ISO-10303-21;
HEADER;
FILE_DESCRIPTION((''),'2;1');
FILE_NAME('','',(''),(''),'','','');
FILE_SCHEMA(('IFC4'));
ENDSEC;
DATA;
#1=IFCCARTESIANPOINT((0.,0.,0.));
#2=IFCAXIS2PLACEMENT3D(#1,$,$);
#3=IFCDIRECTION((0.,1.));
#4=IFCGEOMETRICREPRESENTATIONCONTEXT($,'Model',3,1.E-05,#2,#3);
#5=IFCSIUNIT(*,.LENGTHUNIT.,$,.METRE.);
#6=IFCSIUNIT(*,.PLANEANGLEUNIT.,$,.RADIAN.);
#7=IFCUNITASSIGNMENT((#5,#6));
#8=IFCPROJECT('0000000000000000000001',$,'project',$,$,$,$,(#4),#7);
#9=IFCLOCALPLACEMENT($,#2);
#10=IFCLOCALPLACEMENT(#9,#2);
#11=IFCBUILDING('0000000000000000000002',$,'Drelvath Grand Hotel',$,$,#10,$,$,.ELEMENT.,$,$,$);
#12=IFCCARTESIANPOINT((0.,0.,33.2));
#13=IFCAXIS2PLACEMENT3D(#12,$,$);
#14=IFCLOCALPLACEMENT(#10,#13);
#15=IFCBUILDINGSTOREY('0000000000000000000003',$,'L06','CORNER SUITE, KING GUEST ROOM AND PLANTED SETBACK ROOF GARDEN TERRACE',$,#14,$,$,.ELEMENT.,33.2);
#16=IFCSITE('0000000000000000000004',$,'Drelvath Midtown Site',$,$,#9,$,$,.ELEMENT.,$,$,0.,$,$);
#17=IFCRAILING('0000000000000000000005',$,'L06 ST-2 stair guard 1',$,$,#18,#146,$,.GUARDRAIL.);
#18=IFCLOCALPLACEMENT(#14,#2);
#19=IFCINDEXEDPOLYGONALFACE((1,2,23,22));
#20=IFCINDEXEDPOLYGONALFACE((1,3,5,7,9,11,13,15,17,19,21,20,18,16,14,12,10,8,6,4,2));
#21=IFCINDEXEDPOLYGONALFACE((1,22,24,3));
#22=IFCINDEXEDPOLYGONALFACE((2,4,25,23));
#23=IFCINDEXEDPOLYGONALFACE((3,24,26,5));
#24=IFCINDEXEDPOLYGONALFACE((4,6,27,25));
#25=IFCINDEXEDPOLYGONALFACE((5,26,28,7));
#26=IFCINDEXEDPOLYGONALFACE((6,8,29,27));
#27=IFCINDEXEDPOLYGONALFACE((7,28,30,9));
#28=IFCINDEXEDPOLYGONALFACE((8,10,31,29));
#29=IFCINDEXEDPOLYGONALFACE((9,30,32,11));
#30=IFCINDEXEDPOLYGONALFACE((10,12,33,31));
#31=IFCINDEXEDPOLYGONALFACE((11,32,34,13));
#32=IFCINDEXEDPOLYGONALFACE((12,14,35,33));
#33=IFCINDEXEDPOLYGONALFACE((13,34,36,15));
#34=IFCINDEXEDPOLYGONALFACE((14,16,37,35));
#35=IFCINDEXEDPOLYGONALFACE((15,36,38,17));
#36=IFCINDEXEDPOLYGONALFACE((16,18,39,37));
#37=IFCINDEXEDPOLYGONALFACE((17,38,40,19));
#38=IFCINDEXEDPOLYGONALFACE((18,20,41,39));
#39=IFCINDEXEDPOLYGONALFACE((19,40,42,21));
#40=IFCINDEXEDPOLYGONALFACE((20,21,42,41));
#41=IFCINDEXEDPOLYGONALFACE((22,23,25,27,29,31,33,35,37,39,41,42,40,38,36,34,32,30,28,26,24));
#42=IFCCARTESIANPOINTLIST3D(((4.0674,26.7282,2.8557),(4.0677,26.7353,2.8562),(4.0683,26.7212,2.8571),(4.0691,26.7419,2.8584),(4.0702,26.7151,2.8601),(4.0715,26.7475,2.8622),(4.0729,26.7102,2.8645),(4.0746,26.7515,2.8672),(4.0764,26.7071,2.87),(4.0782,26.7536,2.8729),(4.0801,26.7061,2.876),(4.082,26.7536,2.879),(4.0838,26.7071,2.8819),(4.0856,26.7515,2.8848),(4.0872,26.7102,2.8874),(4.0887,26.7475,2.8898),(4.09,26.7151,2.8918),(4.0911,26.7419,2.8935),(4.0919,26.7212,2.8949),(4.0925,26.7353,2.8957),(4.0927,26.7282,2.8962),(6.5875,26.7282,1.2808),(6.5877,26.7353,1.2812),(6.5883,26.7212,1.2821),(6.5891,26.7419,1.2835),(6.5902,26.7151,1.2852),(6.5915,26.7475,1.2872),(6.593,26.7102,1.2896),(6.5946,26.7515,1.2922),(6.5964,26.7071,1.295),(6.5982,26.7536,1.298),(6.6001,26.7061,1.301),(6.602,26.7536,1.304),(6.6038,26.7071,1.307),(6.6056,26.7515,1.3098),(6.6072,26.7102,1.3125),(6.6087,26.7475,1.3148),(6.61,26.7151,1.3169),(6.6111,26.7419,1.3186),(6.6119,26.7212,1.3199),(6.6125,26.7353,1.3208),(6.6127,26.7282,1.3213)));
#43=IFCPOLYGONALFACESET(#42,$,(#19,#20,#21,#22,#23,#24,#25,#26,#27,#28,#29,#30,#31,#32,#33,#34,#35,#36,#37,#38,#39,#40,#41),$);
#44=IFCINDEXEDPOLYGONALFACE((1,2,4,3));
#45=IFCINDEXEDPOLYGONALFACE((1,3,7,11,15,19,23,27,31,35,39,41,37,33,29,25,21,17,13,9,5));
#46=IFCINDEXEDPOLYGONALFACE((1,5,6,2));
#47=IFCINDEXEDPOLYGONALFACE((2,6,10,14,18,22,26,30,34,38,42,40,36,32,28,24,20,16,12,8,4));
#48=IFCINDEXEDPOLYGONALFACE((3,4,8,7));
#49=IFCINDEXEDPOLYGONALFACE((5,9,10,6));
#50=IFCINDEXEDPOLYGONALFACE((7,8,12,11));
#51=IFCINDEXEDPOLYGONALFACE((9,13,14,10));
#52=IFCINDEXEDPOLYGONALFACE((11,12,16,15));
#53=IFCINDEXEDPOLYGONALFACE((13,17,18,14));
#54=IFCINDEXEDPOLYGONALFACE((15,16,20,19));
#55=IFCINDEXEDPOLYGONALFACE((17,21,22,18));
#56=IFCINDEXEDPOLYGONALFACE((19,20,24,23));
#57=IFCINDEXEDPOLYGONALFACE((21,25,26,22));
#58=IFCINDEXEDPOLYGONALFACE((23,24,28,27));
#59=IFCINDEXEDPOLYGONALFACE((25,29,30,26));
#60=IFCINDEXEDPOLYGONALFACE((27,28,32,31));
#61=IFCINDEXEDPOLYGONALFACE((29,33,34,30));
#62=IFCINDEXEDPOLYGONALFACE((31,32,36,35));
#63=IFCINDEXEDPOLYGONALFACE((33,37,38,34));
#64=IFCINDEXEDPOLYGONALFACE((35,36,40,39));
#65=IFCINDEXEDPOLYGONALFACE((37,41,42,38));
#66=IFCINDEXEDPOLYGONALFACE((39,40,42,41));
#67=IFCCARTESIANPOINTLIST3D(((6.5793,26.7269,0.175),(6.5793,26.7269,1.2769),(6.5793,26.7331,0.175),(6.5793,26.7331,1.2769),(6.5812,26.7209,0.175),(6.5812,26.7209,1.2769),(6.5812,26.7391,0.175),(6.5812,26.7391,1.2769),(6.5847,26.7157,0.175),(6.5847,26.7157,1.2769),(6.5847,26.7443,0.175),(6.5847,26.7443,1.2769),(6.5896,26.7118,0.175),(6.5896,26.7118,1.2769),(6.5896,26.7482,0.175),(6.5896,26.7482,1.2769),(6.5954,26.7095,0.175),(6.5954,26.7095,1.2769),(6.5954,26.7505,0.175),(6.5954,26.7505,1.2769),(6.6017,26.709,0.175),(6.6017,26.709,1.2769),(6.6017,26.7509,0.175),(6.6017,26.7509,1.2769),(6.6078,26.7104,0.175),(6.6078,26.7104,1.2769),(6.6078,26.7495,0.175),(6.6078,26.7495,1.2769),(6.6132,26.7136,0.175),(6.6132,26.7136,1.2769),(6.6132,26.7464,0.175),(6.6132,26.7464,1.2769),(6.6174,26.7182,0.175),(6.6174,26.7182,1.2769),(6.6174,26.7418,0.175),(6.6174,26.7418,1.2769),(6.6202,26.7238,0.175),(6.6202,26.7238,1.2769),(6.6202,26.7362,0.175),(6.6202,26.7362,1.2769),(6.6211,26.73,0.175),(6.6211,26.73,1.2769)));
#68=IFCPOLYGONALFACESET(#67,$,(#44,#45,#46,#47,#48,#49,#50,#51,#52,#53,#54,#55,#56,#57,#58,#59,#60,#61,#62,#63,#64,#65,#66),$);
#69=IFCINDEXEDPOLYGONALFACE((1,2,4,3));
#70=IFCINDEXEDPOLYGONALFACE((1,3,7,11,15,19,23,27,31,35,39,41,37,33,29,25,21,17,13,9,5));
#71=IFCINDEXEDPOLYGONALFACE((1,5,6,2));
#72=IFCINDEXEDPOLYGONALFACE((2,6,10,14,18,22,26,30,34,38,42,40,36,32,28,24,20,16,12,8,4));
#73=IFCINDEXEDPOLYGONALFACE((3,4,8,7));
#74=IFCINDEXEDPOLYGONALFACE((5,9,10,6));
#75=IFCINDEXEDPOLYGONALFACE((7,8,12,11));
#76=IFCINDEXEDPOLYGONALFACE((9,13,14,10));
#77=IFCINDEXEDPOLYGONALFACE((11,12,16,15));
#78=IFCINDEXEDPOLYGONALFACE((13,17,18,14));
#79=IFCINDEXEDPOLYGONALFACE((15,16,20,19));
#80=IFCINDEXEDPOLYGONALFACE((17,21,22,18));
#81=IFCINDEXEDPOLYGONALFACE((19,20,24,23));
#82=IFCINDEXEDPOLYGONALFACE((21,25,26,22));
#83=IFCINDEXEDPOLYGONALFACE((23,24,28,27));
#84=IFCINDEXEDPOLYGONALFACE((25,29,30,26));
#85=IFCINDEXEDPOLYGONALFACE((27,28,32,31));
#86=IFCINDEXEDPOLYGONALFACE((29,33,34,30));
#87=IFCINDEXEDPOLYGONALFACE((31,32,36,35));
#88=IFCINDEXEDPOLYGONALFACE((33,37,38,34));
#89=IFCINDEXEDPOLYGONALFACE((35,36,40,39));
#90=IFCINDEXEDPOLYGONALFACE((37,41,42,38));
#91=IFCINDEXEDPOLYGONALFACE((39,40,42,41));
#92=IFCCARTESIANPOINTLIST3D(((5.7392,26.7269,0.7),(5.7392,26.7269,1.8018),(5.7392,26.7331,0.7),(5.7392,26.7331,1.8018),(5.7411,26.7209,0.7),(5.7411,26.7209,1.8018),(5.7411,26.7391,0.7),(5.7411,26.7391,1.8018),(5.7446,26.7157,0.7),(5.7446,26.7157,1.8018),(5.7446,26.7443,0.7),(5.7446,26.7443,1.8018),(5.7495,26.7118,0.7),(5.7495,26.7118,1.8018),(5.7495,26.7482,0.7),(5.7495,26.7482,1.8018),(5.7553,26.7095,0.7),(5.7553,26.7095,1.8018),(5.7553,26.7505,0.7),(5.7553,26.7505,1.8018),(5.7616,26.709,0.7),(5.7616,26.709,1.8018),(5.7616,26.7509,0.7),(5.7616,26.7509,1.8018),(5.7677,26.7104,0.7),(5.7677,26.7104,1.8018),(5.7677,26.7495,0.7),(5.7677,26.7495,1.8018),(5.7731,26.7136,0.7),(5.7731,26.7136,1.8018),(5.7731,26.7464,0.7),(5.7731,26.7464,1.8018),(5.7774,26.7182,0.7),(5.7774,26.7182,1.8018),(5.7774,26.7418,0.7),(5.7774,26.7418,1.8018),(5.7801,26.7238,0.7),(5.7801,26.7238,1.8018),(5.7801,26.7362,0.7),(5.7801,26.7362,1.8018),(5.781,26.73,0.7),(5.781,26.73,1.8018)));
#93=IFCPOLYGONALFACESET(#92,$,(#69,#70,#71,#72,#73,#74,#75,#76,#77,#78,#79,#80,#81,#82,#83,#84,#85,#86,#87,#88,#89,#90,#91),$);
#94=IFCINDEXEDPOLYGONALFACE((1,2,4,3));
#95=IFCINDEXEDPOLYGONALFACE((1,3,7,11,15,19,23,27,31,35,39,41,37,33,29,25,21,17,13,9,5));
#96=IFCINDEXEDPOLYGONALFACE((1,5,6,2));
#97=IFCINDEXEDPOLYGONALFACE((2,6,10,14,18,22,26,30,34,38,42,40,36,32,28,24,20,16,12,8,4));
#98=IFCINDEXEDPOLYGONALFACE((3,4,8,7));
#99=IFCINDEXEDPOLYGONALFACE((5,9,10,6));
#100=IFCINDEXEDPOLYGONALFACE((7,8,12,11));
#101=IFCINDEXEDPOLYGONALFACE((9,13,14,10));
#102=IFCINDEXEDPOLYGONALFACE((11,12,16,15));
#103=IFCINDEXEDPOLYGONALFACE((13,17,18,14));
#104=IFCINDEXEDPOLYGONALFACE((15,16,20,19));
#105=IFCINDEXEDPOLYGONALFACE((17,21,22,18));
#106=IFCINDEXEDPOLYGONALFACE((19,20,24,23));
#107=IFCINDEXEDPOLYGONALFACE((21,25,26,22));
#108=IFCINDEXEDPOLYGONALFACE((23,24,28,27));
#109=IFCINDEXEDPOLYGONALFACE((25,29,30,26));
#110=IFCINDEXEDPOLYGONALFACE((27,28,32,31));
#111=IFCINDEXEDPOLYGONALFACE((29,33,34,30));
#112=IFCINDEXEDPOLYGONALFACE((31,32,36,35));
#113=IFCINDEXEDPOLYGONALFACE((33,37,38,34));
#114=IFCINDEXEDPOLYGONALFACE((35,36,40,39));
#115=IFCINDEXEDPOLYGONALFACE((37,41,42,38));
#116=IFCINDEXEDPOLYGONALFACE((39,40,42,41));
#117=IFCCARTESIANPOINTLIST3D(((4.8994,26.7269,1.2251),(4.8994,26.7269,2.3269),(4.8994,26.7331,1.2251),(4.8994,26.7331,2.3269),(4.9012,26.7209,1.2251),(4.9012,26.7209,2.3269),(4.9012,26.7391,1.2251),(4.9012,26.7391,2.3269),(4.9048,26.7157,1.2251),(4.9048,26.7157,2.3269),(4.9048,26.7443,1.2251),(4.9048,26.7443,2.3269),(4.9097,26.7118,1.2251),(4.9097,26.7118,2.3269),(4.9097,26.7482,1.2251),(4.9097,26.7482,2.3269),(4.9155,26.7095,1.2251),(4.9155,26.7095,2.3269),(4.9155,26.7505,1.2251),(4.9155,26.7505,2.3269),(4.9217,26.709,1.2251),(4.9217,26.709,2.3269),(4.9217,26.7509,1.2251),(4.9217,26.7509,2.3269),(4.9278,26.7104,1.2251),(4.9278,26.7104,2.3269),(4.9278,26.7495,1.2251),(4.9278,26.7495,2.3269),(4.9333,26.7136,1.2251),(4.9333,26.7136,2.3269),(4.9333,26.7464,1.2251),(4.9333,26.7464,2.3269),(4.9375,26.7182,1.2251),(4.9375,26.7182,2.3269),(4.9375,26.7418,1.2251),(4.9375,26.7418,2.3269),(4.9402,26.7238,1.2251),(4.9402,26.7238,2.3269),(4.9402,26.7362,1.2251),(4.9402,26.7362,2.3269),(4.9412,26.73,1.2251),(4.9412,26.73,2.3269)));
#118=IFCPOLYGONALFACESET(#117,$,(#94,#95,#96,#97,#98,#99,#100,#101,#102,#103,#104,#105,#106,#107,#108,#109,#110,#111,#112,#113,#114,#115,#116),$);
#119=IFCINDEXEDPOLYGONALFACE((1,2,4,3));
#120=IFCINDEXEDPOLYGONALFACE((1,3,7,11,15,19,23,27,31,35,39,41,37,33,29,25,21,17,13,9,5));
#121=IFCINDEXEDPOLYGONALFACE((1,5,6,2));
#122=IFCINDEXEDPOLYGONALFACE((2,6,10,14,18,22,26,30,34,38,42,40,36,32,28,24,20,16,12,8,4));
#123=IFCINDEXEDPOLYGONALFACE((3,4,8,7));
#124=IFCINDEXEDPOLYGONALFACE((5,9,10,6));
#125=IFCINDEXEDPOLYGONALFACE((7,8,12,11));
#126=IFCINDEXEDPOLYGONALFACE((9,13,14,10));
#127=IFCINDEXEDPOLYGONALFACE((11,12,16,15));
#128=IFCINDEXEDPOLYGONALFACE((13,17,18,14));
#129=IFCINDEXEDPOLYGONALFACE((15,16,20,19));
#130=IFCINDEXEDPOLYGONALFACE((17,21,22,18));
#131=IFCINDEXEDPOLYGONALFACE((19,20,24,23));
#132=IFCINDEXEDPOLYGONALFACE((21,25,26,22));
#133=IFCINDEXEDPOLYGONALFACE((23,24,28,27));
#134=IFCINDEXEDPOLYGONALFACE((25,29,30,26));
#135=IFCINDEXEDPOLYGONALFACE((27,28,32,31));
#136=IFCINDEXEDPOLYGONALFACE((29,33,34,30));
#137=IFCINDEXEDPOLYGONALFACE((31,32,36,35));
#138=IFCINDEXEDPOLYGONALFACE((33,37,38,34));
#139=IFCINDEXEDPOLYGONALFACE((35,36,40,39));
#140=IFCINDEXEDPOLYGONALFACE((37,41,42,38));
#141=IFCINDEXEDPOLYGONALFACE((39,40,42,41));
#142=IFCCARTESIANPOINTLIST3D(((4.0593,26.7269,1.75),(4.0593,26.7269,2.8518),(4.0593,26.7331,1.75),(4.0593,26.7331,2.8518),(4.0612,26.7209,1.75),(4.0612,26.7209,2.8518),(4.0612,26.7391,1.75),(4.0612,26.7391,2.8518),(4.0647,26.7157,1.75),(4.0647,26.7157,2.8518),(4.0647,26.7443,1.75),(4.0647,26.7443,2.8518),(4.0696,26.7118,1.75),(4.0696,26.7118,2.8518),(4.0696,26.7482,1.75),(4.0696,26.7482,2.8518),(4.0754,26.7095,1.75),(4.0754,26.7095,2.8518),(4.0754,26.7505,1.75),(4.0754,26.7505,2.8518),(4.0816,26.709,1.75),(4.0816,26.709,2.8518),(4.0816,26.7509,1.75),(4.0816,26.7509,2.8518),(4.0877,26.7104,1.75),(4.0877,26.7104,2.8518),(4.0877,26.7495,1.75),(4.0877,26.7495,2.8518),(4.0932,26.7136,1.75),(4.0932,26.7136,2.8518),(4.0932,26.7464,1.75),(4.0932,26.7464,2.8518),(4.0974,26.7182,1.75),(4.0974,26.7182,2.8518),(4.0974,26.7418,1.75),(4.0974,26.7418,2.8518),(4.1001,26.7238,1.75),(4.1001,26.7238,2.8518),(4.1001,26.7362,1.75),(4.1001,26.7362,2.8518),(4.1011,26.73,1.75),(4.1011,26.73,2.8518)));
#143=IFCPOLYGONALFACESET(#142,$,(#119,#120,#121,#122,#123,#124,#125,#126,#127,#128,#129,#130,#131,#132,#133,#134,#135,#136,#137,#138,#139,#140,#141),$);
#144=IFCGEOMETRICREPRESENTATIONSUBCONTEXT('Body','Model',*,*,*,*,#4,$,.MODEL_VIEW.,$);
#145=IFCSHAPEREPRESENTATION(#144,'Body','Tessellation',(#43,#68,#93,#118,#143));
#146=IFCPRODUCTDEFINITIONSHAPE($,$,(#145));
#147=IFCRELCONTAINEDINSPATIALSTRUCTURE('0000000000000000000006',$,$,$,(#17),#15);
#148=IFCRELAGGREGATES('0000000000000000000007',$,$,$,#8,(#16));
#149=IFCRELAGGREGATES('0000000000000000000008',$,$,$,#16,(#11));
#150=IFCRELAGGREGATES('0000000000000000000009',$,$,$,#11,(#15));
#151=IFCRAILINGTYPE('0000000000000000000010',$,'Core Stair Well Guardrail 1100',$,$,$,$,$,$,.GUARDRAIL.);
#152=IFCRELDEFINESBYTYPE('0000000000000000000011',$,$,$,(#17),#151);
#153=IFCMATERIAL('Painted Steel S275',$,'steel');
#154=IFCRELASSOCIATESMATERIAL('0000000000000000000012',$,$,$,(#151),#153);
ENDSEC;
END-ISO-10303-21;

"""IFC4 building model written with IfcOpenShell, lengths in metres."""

from ifc_helpers import new_model, si_unit, direction, frame, origin, origin_2d, place, context, subcontext, project, spatial, circle, extrude, material, type_object, element, save


model = new_model("IFC4")

# Units and contexts
model_context = context("Model", 3, precision=1e-05, world=origin(), true_north=direction((0.0, 1.0)))
body_context = subcontext(model_context, "Body", "Model", "MODEL_VIEW")
ifc_project = project(units=[si_unit("LENGTHUNIT", "METRE"), si_unit("PLANEANGLEUNIT", "RADIAN")], contexts=[model_context])

# Site, building, storey
site_placement = place(None, origin())
site = spatial("IfcSite", under=ifc_project, at=site_placement, Name="Drelvath Midtown Site", CompositionType="ELEMENT", RefElevation=0.0)
building_placement = place(site_placement, origin())
building = spatial("IfcBuilding", under=site, at=building_placement, Name="Drelvath Grand Hotel", CompositionType="ELEMENT")
storey_placement = place(building_placement, frame((0.0, 0.0, 33.2)))
storey = spatial("IfcBuildingStorey", under=building, at=storey_placement, Name="L06", Description="CORNER SUITE, KING GUEST ROOM AND PLANTED SETBACK ROOF GARDEN TERRACE", CompositionType="ELEMENT", Elevation=33.2)

# Shared definitions
ifc_material_1 = material(Name="Painted Steel S275", Category="steel")

# Railing
railing_type_1 = type_object("IfcRailingType", Name="Core Stair Well Guardrail 1100", PredefinedType="GUARDRAIL", material=ifc_material_1)
railing_1_placement = place(storey_placement, frame((6.6001, 26.73, 0.175)))
element("IfcRailing", 1, at=railing_1_placement, inside=storey, type_object=railing_type_1, Name="L06 ST-2 stair guard 1", PredefinedType="GUARDRAIL", context=body_context, shape_type="SweptSolid", body=[
    extrude(circle(Radius=0.0239, at=origin_2d()), frame((0.0, 0.0, 1.126), z_axis=(-0.848008, 0.0, 0.529984), x_axis=(0.0, -1.0, 0.0)), (0.0, 0.0, 1.0), 2.9717),
    extrude(circle(Radius=0.021, at=origin_2d()), origin(), (0.0, 0.0, 1.0), 1.1018),
    extrude(circle(Radius=0.021, at=origin_2d()), frame((-0.8401, 0.0, 0.5249)), (0.0, 0.0, 1.0), 1.1018),
    extrude(circle(Radius=0.021, at=origin_2d()), frame((-1.6799, 0.0, 1.05)), (0.0, 0.0, 1.0), 1.1018),
    extrude(circle(Radius=0.021, at=origin_2d()), frame((-2.52, 0.0, 1.575)), (0.0, 0.0, 1.0), 1.1018),
])

save(model, "model.ifc")
